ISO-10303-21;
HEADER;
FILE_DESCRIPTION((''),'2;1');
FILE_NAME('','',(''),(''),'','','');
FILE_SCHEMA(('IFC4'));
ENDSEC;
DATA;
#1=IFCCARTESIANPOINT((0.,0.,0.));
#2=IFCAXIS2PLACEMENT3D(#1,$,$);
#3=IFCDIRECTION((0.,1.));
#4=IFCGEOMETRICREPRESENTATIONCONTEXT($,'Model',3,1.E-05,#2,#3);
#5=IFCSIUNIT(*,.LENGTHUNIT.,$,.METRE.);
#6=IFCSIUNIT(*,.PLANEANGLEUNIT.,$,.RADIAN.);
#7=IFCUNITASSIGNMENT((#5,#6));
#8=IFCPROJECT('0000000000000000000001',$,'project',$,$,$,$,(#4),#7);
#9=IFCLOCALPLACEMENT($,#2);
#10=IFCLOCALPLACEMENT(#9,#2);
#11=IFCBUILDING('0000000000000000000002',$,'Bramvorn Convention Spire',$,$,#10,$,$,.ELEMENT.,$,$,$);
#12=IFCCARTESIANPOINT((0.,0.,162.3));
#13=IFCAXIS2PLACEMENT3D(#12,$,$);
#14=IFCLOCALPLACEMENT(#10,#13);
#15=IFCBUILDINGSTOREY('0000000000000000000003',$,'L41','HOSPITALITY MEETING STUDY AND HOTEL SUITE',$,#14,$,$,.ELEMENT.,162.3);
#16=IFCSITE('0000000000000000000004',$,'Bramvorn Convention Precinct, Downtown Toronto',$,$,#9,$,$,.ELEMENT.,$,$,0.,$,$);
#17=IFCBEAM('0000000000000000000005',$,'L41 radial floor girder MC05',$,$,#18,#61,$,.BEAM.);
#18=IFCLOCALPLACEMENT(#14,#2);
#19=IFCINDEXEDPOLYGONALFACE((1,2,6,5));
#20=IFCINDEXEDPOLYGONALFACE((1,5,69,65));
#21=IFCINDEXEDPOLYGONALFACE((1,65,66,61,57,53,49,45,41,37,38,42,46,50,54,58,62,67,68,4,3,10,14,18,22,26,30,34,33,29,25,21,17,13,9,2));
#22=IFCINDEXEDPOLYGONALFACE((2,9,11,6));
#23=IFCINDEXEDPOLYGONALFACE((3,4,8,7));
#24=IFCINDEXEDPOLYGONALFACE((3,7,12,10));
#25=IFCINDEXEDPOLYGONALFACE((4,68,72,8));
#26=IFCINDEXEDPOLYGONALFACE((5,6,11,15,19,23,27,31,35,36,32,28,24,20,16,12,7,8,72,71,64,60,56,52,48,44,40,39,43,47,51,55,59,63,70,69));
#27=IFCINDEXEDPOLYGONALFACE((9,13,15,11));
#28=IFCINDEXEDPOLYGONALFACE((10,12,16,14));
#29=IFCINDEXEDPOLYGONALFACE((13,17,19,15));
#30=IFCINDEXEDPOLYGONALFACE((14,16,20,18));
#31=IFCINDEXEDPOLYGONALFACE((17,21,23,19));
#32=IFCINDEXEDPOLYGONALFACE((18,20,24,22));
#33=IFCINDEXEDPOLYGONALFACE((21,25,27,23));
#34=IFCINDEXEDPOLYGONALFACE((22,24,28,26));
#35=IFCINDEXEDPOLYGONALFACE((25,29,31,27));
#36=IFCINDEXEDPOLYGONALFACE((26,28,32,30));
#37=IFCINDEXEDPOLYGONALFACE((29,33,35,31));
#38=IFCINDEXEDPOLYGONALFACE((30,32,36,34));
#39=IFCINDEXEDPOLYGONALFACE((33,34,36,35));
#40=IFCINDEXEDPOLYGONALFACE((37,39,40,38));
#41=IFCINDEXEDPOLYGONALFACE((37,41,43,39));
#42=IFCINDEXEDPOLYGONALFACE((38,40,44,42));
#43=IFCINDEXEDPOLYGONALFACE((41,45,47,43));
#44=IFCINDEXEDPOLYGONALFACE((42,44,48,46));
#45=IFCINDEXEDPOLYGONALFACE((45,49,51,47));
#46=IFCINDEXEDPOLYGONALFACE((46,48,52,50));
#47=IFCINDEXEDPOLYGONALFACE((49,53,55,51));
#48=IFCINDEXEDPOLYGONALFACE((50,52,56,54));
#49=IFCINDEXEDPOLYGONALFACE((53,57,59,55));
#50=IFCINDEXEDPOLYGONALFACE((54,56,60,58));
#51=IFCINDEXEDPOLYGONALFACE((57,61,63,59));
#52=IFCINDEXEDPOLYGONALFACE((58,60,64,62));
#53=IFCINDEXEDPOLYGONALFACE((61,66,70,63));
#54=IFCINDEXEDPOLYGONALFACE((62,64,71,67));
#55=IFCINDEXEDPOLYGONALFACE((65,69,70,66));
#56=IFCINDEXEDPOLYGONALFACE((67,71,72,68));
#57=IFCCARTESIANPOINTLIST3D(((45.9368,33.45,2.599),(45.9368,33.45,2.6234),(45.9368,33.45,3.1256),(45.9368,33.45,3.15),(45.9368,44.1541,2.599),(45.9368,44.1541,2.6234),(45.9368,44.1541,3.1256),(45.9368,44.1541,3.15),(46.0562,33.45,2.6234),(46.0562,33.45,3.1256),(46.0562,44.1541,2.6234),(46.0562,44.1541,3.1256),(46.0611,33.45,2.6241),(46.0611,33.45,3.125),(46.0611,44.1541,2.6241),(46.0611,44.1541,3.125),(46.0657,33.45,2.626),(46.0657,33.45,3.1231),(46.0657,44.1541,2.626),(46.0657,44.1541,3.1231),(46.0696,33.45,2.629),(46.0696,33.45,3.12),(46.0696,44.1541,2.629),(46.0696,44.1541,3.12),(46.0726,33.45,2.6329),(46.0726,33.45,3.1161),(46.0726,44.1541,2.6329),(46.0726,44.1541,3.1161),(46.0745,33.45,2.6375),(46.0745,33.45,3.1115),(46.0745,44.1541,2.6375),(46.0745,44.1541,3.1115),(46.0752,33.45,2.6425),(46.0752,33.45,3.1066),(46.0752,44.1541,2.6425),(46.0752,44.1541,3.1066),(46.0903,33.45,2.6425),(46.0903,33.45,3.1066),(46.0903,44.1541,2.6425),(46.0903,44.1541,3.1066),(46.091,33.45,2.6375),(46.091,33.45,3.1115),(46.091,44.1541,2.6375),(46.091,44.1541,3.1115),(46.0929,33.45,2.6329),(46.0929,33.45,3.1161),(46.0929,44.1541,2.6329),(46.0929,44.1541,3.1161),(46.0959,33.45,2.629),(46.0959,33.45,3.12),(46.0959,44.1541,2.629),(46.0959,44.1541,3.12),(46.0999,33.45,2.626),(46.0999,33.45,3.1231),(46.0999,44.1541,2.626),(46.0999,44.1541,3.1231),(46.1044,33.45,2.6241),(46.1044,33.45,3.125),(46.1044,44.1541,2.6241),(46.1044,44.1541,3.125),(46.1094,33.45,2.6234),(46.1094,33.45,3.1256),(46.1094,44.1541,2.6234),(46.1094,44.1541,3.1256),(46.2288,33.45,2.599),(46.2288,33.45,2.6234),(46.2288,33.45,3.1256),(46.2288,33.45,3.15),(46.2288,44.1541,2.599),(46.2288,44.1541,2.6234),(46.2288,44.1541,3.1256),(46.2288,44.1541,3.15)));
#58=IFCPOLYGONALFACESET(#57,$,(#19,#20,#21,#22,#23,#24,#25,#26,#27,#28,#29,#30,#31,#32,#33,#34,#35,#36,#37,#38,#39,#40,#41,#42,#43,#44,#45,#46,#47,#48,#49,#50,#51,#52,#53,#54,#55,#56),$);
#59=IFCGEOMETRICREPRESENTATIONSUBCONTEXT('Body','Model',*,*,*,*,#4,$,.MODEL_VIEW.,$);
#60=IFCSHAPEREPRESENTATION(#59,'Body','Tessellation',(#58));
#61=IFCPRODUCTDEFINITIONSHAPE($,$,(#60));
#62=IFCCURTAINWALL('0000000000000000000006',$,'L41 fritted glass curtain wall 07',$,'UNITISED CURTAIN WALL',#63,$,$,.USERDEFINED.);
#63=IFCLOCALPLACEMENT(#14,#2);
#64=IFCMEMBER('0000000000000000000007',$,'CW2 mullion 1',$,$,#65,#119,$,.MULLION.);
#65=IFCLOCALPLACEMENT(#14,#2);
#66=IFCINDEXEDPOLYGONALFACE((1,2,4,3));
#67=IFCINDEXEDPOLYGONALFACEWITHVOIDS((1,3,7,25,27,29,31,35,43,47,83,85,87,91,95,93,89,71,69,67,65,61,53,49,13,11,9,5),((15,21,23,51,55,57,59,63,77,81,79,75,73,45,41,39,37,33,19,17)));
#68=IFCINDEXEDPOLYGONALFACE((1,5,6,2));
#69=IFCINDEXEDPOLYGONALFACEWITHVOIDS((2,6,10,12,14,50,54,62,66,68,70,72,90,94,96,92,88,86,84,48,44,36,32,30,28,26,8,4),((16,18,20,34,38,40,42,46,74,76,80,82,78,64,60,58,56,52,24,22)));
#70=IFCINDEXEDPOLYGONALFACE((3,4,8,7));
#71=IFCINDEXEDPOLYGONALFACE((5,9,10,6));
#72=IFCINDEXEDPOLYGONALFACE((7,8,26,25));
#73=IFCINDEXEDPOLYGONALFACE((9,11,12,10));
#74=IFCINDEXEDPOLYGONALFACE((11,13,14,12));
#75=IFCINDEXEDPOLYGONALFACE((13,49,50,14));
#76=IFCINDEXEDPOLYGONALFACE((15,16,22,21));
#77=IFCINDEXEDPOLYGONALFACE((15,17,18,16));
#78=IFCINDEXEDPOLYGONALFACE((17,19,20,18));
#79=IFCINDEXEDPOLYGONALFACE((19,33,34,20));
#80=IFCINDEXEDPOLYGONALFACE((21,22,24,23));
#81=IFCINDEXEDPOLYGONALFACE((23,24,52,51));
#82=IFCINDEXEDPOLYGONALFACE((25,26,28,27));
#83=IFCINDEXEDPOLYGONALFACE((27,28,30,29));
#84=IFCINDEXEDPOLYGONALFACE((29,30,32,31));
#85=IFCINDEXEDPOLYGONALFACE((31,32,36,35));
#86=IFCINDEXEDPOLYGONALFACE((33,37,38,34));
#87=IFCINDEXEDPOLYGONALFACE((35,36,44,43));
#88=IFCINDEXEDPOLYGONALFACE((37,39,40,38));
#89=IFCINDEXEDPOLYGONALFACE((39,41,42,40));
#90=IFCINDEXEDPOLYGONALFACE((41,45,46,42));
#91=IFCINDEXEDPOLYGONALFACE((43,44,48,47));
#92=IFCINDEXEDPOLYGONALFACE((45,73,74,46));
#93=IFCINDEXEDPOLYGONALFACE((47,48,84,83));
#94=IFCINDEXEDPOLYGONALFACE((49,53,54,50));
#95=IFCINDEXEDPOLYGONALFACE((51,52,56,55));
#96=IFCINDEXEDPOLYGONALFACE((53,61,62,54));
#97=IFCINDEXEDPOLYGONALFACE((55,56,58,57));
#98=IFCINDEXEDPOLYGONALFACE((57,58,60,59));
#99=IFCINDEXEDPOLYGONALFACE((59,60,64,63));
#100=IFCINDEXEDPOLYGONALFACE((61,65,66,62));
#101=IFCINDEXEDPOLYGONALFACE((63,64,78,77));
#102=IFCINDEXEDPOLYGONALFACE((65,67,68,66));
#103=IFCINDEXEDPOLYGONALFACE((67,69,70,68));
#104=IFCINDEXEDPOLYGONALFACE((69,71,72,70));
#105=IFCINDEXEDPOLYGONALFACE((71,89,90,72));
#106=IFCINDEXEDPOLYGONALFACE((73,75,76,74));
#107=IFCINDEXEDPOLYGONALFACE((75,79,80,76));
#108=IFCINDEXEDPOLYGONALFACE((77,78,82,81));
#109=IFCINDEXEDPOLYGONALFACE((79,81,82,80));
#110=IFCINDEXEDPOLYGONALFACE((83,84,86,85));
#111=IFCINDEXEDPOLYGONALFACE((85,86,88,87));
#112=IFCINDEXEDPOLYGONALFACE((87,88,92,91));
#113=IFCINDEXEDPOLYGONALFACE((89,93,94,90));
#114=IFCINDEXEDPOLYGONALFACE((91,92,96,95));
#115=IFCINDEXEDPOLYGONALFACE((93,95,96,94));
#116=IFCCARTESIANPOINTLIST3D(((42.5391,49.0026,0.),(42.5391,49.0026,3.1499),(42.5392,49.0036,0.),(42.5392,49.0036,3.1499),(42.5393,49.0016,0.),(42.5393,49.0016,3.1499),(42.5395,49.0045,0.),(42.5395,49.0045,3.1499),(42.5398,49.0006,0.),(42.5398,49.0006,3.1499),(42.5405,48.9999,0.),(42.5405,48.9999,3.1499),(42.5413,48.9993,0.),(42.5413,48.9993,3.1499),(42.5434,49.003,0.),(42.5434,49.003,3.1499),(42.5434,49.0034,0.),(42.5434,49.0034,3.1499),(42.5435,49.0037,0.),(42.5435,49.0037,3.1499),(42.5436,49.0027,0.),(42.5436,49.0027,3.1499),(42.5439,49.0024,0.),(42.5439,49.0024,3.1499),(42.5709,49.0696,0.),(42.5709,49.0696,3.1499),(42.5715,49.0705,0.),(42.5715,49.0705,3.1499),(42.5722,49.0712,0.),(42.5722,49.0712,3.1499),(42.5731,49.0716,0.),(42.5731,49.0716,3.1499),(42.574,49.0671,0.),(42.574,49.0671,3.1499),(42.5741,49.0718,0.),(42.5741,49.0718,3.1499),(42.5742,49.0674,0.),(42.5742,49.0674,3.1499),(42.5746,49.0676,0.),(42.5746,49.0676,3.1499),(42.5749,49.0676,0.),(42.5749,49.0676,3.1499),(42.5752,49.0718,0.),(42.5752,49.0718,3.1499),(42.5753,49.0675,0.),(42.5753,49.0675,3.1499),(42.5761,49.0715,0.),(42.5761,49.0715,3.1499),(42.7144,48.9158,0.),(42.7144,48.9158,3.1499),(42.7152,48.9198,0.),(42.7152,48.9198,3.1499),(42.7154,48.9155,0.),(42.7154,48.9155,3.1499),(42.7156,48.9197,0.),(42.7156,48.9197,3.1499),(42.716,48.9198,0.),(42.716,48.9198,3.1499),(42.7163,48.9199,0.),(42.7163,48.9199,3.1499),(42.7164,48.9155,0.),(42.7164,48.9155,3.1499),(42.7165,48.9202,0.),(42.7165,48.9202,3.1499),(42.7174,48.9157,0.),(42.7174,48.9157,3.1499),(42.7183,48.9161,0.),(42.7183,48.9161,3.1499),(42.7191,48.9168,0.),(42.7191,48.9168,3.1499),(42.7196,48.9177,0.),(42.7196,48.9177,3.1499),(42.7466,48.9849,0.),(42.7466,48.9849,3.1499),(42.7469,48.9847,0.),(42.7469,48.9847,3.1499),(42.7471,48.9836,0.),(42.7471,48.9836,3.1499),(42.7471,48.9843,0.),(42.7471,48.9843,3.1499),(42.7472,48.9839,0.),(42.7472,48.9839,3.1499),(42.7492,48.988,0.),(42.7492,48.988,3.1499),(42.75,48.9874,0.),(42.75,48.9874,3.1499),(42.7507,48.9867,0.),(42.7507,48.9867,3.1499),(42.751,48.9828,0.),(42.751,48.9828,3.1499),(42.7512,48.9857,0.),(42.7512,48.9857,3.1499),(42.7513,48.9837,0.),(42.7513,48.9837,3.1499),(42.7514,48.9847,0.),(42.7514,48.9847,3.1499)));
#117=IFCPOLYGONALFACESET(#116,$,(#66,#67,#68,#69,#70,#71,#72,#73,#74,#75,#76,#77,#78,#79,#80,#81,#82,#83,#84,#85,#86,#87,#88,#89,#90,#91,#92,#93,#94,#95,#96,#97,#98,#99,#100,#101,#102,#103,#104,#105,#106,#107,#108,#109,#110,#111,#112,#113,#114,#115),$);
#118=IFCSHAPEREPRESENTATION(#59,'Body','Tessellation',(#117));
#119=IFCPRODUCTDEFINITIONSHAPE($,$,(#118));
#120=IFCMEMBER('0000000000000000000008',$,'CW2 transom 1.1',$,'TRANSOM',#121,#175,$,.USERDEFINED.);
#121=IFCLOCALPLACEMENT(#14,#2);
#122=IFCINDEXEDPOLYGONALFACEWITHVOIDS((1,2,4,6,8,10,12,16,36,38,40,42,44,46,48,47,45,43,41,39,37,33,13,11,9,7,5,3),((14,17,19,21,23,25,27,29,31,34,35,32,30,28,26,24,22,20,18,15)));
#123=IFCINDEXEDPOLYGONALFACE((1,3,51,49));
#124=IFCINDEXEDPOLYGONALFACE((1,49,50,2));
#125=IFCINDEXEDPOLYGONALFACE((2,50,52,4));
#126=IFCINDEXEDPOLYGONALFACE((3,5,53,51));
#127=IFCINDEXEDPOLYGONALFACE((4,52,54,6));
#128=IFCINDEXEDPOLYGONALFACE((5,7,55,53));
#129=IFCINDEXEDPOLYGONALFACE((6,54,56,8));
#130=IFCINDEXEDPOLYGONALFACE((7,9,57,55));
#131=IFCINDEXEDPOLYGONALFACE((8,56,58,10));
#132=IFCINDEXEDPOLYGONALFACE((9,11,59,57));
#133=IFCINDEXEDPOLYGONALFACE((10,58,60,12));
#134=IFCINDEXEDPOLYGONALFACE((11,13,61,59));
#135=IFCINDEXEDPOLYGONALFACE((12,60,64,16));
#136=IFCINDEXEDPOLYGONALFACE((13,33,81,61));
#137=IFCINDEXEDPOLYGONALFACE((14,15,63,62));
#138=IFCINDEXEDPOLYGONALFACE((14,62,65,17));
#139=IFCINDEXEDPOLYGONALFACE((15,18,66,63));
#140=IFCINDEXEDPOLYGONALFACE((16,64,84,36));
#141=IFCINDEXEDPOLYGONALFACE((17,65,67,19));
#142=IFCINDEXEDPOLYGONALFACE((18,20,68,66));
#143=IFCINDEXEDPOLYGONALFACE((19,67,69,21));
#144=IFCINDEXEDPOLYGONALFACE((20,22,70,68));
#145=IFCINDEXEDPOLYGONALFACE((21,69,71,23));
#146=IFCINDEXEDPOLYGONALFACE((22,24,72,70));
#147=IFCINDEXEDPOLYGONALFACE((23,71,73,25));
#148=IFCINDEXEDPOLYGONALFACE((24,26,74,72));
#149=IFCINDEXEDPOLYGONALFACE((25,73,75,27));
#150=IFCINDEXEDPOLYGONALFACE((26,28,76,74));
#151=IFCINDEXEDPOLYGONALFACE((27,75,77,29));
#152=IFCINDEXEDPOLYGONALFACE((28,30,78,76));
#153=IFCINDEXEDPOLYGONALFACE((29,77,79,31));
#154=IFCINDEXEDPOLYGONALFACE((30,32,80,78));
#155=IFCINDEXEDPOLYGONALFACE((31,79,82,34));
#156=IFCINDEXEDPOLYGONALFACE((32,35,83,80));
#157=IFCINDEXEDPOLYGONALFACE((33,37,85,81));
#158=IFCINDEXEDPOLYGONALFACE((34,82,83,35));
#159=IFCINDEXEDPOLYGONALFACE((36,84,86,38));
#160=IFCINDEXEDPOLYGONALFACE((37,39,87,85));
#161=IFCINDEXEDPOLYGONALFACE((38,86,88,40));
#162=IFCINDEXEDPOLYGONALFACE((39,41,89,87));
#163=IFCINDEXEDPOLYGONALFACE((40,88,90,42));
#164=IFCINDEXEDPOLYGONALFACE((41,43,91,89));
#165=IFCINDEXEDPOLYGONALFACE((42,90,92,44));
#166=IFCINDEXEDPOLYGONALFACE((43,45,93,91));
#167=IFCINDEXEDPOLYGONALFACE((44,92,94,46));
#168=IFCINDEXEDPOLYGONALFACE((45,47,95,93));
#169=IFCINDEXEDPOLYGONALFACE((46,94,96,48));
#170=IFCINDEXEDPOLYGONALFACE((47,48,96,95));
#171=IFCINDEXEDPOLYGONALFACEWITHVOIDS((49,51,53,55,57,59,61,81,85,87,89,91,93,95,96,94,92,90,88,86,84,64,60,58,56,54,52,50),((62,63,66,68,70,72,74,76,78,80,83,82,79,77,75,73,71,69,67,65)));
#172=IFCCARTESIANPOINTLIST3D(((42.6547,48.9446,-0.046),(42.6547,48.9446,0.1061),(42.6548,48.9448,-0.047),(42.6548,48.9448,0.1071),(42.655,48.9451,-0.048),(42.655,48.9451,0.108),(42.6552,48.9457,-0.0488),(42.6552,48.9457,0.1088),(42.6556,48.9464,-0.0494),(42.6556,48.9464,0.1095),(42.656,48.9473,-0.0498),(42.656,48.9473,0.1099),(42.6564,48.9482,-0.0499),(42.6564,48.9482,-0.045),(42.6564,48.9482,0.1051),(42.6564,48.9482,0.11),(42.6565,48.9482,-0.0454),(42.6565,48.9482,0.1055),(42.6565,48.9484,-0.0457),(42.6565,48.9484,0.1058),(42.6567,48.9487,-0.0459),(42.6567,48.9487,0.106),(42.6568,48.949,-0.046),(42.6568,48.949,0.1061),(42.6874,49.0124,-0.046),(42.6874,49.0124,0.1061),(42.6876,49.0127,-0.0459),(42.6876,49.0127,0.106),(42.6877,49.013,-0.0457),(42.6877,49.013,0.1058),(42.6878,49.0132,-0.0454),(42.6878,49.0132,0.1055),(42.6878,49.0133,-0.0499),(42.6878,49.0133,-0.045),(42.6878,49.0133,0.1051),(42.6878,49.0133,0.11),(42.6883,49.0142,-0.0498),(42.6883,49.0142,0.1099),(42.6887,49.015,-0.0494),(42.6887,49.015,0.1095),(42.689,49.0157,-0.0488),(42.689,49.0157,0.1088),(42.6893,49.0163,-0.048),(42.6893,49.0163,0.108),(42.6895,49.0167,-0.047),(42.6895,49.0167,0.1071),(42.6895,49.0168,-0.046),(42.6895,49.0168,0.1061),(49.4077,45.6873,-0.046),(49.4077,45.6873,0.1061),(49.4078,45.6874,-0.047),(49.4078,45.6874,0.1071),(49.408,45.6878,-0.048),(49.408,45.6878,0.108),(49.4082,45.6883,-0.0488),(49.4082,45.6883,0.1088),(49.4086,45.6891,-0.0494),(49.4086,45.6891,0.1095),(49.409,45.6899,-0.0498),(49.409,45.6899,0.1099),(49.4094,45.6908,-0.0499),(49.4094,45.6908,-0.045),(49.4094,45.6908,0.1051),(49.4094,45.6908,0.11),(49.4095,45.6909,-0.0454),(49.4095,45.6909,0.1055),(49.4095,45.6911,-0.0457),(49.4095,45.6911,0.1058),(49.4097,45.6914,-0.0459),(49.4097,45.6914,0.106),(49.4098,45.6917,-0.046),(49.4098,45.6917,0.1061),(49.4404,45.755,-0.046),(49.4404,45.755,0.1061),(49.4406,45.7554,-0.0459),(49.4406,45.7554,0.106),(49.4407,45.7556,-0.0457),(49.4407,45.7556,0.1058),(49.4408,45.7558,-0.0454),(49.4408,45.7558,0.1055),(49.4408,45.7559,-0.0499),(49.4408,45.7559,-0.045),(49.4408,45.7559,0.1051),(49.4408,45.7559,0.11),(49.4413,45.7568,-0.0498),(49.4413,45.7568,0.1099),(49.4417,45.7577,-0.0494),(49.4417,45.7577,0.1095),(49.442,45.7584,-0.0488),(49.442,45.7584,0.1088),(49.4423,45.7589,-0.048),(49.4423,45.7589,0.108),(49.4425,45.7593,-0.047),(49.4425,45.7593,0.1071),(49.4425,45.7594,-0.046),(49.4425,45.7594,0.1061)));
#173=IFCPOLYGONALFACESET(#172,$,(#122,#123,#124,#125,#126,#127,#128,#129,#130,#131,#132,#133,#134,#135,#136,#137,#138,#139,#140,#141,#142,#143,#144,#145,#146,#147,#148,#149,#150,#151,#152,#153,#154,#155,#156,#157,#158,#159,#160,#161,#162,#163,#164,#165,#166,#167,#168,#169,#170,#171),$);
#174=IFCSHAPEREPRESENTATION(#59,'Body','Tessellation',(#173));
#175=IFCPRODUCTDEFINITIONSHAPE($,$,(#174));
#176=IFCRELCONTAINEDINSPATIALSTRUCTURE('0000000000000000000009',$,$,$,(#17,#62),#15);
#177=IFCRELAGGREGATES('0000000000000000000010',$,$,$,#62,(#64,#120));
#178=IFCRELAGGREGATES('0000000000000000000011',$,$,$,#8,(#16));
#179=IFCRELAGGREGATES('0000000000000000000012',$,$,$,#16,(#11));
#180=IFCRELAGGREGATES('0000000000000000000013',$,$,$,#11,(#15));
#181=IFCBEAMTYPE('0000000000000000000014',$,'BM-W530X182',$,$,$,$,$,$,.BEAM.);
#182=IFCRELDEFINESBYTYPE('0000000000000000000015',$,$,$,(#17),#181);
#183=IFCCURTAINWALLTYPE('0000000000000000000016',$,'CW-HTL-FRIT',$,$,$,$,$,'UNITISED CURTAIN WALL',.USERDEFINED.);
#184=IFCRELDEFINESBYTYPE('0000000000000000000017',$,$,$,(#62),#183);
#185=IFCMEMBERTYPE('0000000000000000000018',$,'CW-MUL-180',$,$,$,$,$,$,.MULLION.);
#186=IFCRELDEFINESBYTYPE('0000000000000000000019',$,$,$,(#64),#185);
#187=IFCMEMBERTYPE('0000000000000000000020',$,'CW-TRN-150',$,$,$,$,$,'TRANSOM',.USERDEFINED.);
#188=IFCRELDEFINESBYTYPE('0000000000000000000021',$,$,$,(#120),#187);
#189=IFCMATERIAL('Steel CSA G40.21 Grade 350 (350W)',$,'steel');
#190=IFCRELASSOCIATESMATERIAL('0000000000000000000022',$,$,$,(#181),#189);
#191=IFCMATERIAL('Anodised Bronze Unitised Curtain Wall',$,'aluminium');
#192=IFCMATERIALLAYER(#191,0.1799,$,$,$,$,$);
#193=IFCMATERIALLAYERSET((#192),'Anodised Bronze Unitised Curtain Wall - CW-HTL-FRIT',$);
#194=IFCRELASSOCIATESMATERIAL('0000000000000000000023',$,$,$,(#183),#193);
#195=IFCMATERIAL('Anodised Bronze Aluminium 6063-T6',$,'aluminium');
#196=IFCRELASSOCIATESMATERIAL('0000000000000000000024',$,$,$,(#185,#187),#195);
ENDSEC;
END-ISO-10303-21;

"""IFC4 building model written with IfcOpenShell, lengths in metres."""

from ifc_helpers import new_model, si_unit, direction, frame, origin, origin_2d, place, context, subcontext, project, spatial, hollow_rectangle, i_section, extrude, material, layer, layer_set, material_profile, profile_set, type_object, element, aggregate, save


model = new_model("IFC4")

# Units and contexts
model_context = context("Model", 3, precision=1e-05, world=origin(), true_north=direction((0.0, 1.0)))
body_context = subcontext(model_context, "Body", "Model", "MODEL_VIEW")
ifc_project = project(units=[si_unit("LENGTHUNIT", "METRE"), si_unit("PLANEANGLEUNIT", "RADIAN")], contexts=[model_context])

# Site, building, storey
site_placement = place(None, origin())
site = spatial("IfcSite", under=ifc_project, at=site_placement, Name="Bramvorn Convention Precinct, Downtown Toronto", CompositionType="ELEMENT", RefElevation=0.0)
building_placement = place(site_placement, origin())
building = spatial("IfcBuilding", under=site, at=building_placement, Name="Bramvorn Convention Spire", CompositionType="ELEMENT")
storey_placement = place(building_placement, frame((0.0, 0.0, 162.3)))
storey = spatial("IfcBuildingStorey", under=building, at=storey_placement, Name="L41", Description="HOSPITALITY MEETING STUDY AND HOTEL SUITE", CompositionType="ELEMENT", Elevation=162.3)

# Shared definitions
ifc_material_1 = material(Name="Steel CSA G40.21 Grade 350 (350W)", Category="steel")

# Beam
ifc_material_profile_1 = material_profile(ifc_material_1, i_section(OverallWidth=0.292, OverallDepth=0.551, WebThickness=0.0151, FlangeThickness=0.0244, FilletRadius=0.019, at=origin_2d()))
ifc_profile_set_1 = profile_set([ifc_material_profile_1], Name="Steel CSA G40.21 Grade 350 (350W) - W530X182")
beam_type_1 = type_object("IfcBeamType", Name="BM-W530X182", PredefinedType="BEAM", material=ifc_profile_set_1)
beam_1_placement = place(storey_placement, frame((46.0828, 33.45, 2.8745), z_axis=(0.0, 1.0, 0.0), x_axis=(-1.0, 0.0, 0.0)))
element("IfcBeam", 1, at=beam_1_placement, inside=storey, type_object=beam_type_1, Name="L41 radial floor girder MC05", PredefinedType="BEAM", context=body_context, shape_type="SweptSolid", body=[
    extrude(i_section(OverallWidth=0.292, OverallDepth=0.551, WebThickness=0.0151, FlangeThickness=0.0244, FilletRadius=0.019, at=origin_2d()), origin(), (0.0, 0.0, 1.0), 10.7041),
])

# Curtain wall, members
ifc_material_2 = material(Name="Anodised Bronze Unitised Curtain Wall", Category="aluminium")
ifc_layer_1 = layer(ifc_material_2, 0.1799)
ifc_layer_set_1 = layer_set([ifc_layer_1], Name="Anodised Bronze Unitised Curtain Wall - CW-HTL-FRIT")
curtain_wall_type = type_object("IfcCurtainWallType", Name="CW-HTL-FRIT", ElementType="UNITISED CURTAIN WALL", PredefinedType="USERDEFINED", material=ifc_layer_set_1)
curtain_wall_placement = place(storey_placement, origin())
curtain_wall = element("IfcCurtainWall", 2, at=curtain_wall_placement, inside=storey, type_object=curtain_wall_type, Name="L41 fritted glass curtain wall 07", ObjectType="UNITISED CURTAIN WALL", PredefinedType="USERDEFINED")
ifc_material_3 = material(Name="Anodised Bronze Aluminium 6063-T6", Category="aluminium")
ifc_material_profile_2 = material_profile(ifc_material_3, hollow_rectangle(XDim=0.0801, YDim=0.2, WallThickness=0.0039, InnerFilletRadius=0.001, OuterFilletRadius=0.0039, at=origin_2d()))
ifc_profile_set_2 = profile_set([ifc_material_profile_2], Name="Anodised Bronze Aluminium 6063-T6 - CWM80X200")
member_type_1 = type_object("IfcMemberType", Name="CW-MUL-180", PredefinedType="MULLION", material=ifc_profile_set_2)
member_1_placement = place(storey_placement, frame((42.6453, 48.9937, 0.0), z_axis=(0.0, 0.0, 1.0), x_axis=(0.434477, 0.900683, 0.0)))
member_1 = element("IfcMember", 3, at=member_1_placement, type_object=member_type_1, Name="CW2 mullion 1", PredefinedType="MULLION", context=body_context, shape_type="SweptSolid", body=[
    extrude(hollow_rectangle(XDim=0.0801, YDim=0.2, WallThickness=0.0039, InnerFilletRadius=0.001, OuterFilletRadius=0.0039, at=origin_2d()), origin(), (0.0, 0.0, 1.0), 3.1499),
])
ifc_material_profile_3 = material_profile(ifc_material_3, hollow_rectangle(XDim=0.0801, YDim=0.1599, WallThickness=0.0039, InnerFilletRadius=0.001, OuterFilletRadius=0.0039, at=origin_2d()))
ifc_profile_set_3 = profile_set([ifc_material_profile_3], Name="Anodised Bronze Aluminium 6063-T6 - CWT80X160")
member_type_2 = type_object("IfcMemberType", Name="CW-TRN-150", ElementType="TRANSOM", PredefinedType="USERDEFINED", material=ifc_profile_set_3)
member_2_placement = place(storey_placement, frame((42.6721, 48.9807, 0.03), z_axis=(0.900693, -0.434456, 0.0), x_axis=(0.434456, 0.900693, 0.0)))
member_2 = element("IfcMember", 4, at=member_2_placement, type_object=member_type_2, Name="CW2 transom 1.1", ObjectType="TRANSOM", PredefinedType="USERDEFINED", context=body_context, shape_type="SweptSolid", body=[
    extrude(hollow_rectangle(XDim=0.0801, YDim=0.1599, WallThickness=0.0039, InnerFilletRadius=0.001, OuterFilletRadius=0.0039, at=origin_2d()), origin(), (0.0, 0.0, 1.0), 7.4976),
])

aggregate(curtain_wall, [member_1, member_2])

save(model, "model.ifc")
